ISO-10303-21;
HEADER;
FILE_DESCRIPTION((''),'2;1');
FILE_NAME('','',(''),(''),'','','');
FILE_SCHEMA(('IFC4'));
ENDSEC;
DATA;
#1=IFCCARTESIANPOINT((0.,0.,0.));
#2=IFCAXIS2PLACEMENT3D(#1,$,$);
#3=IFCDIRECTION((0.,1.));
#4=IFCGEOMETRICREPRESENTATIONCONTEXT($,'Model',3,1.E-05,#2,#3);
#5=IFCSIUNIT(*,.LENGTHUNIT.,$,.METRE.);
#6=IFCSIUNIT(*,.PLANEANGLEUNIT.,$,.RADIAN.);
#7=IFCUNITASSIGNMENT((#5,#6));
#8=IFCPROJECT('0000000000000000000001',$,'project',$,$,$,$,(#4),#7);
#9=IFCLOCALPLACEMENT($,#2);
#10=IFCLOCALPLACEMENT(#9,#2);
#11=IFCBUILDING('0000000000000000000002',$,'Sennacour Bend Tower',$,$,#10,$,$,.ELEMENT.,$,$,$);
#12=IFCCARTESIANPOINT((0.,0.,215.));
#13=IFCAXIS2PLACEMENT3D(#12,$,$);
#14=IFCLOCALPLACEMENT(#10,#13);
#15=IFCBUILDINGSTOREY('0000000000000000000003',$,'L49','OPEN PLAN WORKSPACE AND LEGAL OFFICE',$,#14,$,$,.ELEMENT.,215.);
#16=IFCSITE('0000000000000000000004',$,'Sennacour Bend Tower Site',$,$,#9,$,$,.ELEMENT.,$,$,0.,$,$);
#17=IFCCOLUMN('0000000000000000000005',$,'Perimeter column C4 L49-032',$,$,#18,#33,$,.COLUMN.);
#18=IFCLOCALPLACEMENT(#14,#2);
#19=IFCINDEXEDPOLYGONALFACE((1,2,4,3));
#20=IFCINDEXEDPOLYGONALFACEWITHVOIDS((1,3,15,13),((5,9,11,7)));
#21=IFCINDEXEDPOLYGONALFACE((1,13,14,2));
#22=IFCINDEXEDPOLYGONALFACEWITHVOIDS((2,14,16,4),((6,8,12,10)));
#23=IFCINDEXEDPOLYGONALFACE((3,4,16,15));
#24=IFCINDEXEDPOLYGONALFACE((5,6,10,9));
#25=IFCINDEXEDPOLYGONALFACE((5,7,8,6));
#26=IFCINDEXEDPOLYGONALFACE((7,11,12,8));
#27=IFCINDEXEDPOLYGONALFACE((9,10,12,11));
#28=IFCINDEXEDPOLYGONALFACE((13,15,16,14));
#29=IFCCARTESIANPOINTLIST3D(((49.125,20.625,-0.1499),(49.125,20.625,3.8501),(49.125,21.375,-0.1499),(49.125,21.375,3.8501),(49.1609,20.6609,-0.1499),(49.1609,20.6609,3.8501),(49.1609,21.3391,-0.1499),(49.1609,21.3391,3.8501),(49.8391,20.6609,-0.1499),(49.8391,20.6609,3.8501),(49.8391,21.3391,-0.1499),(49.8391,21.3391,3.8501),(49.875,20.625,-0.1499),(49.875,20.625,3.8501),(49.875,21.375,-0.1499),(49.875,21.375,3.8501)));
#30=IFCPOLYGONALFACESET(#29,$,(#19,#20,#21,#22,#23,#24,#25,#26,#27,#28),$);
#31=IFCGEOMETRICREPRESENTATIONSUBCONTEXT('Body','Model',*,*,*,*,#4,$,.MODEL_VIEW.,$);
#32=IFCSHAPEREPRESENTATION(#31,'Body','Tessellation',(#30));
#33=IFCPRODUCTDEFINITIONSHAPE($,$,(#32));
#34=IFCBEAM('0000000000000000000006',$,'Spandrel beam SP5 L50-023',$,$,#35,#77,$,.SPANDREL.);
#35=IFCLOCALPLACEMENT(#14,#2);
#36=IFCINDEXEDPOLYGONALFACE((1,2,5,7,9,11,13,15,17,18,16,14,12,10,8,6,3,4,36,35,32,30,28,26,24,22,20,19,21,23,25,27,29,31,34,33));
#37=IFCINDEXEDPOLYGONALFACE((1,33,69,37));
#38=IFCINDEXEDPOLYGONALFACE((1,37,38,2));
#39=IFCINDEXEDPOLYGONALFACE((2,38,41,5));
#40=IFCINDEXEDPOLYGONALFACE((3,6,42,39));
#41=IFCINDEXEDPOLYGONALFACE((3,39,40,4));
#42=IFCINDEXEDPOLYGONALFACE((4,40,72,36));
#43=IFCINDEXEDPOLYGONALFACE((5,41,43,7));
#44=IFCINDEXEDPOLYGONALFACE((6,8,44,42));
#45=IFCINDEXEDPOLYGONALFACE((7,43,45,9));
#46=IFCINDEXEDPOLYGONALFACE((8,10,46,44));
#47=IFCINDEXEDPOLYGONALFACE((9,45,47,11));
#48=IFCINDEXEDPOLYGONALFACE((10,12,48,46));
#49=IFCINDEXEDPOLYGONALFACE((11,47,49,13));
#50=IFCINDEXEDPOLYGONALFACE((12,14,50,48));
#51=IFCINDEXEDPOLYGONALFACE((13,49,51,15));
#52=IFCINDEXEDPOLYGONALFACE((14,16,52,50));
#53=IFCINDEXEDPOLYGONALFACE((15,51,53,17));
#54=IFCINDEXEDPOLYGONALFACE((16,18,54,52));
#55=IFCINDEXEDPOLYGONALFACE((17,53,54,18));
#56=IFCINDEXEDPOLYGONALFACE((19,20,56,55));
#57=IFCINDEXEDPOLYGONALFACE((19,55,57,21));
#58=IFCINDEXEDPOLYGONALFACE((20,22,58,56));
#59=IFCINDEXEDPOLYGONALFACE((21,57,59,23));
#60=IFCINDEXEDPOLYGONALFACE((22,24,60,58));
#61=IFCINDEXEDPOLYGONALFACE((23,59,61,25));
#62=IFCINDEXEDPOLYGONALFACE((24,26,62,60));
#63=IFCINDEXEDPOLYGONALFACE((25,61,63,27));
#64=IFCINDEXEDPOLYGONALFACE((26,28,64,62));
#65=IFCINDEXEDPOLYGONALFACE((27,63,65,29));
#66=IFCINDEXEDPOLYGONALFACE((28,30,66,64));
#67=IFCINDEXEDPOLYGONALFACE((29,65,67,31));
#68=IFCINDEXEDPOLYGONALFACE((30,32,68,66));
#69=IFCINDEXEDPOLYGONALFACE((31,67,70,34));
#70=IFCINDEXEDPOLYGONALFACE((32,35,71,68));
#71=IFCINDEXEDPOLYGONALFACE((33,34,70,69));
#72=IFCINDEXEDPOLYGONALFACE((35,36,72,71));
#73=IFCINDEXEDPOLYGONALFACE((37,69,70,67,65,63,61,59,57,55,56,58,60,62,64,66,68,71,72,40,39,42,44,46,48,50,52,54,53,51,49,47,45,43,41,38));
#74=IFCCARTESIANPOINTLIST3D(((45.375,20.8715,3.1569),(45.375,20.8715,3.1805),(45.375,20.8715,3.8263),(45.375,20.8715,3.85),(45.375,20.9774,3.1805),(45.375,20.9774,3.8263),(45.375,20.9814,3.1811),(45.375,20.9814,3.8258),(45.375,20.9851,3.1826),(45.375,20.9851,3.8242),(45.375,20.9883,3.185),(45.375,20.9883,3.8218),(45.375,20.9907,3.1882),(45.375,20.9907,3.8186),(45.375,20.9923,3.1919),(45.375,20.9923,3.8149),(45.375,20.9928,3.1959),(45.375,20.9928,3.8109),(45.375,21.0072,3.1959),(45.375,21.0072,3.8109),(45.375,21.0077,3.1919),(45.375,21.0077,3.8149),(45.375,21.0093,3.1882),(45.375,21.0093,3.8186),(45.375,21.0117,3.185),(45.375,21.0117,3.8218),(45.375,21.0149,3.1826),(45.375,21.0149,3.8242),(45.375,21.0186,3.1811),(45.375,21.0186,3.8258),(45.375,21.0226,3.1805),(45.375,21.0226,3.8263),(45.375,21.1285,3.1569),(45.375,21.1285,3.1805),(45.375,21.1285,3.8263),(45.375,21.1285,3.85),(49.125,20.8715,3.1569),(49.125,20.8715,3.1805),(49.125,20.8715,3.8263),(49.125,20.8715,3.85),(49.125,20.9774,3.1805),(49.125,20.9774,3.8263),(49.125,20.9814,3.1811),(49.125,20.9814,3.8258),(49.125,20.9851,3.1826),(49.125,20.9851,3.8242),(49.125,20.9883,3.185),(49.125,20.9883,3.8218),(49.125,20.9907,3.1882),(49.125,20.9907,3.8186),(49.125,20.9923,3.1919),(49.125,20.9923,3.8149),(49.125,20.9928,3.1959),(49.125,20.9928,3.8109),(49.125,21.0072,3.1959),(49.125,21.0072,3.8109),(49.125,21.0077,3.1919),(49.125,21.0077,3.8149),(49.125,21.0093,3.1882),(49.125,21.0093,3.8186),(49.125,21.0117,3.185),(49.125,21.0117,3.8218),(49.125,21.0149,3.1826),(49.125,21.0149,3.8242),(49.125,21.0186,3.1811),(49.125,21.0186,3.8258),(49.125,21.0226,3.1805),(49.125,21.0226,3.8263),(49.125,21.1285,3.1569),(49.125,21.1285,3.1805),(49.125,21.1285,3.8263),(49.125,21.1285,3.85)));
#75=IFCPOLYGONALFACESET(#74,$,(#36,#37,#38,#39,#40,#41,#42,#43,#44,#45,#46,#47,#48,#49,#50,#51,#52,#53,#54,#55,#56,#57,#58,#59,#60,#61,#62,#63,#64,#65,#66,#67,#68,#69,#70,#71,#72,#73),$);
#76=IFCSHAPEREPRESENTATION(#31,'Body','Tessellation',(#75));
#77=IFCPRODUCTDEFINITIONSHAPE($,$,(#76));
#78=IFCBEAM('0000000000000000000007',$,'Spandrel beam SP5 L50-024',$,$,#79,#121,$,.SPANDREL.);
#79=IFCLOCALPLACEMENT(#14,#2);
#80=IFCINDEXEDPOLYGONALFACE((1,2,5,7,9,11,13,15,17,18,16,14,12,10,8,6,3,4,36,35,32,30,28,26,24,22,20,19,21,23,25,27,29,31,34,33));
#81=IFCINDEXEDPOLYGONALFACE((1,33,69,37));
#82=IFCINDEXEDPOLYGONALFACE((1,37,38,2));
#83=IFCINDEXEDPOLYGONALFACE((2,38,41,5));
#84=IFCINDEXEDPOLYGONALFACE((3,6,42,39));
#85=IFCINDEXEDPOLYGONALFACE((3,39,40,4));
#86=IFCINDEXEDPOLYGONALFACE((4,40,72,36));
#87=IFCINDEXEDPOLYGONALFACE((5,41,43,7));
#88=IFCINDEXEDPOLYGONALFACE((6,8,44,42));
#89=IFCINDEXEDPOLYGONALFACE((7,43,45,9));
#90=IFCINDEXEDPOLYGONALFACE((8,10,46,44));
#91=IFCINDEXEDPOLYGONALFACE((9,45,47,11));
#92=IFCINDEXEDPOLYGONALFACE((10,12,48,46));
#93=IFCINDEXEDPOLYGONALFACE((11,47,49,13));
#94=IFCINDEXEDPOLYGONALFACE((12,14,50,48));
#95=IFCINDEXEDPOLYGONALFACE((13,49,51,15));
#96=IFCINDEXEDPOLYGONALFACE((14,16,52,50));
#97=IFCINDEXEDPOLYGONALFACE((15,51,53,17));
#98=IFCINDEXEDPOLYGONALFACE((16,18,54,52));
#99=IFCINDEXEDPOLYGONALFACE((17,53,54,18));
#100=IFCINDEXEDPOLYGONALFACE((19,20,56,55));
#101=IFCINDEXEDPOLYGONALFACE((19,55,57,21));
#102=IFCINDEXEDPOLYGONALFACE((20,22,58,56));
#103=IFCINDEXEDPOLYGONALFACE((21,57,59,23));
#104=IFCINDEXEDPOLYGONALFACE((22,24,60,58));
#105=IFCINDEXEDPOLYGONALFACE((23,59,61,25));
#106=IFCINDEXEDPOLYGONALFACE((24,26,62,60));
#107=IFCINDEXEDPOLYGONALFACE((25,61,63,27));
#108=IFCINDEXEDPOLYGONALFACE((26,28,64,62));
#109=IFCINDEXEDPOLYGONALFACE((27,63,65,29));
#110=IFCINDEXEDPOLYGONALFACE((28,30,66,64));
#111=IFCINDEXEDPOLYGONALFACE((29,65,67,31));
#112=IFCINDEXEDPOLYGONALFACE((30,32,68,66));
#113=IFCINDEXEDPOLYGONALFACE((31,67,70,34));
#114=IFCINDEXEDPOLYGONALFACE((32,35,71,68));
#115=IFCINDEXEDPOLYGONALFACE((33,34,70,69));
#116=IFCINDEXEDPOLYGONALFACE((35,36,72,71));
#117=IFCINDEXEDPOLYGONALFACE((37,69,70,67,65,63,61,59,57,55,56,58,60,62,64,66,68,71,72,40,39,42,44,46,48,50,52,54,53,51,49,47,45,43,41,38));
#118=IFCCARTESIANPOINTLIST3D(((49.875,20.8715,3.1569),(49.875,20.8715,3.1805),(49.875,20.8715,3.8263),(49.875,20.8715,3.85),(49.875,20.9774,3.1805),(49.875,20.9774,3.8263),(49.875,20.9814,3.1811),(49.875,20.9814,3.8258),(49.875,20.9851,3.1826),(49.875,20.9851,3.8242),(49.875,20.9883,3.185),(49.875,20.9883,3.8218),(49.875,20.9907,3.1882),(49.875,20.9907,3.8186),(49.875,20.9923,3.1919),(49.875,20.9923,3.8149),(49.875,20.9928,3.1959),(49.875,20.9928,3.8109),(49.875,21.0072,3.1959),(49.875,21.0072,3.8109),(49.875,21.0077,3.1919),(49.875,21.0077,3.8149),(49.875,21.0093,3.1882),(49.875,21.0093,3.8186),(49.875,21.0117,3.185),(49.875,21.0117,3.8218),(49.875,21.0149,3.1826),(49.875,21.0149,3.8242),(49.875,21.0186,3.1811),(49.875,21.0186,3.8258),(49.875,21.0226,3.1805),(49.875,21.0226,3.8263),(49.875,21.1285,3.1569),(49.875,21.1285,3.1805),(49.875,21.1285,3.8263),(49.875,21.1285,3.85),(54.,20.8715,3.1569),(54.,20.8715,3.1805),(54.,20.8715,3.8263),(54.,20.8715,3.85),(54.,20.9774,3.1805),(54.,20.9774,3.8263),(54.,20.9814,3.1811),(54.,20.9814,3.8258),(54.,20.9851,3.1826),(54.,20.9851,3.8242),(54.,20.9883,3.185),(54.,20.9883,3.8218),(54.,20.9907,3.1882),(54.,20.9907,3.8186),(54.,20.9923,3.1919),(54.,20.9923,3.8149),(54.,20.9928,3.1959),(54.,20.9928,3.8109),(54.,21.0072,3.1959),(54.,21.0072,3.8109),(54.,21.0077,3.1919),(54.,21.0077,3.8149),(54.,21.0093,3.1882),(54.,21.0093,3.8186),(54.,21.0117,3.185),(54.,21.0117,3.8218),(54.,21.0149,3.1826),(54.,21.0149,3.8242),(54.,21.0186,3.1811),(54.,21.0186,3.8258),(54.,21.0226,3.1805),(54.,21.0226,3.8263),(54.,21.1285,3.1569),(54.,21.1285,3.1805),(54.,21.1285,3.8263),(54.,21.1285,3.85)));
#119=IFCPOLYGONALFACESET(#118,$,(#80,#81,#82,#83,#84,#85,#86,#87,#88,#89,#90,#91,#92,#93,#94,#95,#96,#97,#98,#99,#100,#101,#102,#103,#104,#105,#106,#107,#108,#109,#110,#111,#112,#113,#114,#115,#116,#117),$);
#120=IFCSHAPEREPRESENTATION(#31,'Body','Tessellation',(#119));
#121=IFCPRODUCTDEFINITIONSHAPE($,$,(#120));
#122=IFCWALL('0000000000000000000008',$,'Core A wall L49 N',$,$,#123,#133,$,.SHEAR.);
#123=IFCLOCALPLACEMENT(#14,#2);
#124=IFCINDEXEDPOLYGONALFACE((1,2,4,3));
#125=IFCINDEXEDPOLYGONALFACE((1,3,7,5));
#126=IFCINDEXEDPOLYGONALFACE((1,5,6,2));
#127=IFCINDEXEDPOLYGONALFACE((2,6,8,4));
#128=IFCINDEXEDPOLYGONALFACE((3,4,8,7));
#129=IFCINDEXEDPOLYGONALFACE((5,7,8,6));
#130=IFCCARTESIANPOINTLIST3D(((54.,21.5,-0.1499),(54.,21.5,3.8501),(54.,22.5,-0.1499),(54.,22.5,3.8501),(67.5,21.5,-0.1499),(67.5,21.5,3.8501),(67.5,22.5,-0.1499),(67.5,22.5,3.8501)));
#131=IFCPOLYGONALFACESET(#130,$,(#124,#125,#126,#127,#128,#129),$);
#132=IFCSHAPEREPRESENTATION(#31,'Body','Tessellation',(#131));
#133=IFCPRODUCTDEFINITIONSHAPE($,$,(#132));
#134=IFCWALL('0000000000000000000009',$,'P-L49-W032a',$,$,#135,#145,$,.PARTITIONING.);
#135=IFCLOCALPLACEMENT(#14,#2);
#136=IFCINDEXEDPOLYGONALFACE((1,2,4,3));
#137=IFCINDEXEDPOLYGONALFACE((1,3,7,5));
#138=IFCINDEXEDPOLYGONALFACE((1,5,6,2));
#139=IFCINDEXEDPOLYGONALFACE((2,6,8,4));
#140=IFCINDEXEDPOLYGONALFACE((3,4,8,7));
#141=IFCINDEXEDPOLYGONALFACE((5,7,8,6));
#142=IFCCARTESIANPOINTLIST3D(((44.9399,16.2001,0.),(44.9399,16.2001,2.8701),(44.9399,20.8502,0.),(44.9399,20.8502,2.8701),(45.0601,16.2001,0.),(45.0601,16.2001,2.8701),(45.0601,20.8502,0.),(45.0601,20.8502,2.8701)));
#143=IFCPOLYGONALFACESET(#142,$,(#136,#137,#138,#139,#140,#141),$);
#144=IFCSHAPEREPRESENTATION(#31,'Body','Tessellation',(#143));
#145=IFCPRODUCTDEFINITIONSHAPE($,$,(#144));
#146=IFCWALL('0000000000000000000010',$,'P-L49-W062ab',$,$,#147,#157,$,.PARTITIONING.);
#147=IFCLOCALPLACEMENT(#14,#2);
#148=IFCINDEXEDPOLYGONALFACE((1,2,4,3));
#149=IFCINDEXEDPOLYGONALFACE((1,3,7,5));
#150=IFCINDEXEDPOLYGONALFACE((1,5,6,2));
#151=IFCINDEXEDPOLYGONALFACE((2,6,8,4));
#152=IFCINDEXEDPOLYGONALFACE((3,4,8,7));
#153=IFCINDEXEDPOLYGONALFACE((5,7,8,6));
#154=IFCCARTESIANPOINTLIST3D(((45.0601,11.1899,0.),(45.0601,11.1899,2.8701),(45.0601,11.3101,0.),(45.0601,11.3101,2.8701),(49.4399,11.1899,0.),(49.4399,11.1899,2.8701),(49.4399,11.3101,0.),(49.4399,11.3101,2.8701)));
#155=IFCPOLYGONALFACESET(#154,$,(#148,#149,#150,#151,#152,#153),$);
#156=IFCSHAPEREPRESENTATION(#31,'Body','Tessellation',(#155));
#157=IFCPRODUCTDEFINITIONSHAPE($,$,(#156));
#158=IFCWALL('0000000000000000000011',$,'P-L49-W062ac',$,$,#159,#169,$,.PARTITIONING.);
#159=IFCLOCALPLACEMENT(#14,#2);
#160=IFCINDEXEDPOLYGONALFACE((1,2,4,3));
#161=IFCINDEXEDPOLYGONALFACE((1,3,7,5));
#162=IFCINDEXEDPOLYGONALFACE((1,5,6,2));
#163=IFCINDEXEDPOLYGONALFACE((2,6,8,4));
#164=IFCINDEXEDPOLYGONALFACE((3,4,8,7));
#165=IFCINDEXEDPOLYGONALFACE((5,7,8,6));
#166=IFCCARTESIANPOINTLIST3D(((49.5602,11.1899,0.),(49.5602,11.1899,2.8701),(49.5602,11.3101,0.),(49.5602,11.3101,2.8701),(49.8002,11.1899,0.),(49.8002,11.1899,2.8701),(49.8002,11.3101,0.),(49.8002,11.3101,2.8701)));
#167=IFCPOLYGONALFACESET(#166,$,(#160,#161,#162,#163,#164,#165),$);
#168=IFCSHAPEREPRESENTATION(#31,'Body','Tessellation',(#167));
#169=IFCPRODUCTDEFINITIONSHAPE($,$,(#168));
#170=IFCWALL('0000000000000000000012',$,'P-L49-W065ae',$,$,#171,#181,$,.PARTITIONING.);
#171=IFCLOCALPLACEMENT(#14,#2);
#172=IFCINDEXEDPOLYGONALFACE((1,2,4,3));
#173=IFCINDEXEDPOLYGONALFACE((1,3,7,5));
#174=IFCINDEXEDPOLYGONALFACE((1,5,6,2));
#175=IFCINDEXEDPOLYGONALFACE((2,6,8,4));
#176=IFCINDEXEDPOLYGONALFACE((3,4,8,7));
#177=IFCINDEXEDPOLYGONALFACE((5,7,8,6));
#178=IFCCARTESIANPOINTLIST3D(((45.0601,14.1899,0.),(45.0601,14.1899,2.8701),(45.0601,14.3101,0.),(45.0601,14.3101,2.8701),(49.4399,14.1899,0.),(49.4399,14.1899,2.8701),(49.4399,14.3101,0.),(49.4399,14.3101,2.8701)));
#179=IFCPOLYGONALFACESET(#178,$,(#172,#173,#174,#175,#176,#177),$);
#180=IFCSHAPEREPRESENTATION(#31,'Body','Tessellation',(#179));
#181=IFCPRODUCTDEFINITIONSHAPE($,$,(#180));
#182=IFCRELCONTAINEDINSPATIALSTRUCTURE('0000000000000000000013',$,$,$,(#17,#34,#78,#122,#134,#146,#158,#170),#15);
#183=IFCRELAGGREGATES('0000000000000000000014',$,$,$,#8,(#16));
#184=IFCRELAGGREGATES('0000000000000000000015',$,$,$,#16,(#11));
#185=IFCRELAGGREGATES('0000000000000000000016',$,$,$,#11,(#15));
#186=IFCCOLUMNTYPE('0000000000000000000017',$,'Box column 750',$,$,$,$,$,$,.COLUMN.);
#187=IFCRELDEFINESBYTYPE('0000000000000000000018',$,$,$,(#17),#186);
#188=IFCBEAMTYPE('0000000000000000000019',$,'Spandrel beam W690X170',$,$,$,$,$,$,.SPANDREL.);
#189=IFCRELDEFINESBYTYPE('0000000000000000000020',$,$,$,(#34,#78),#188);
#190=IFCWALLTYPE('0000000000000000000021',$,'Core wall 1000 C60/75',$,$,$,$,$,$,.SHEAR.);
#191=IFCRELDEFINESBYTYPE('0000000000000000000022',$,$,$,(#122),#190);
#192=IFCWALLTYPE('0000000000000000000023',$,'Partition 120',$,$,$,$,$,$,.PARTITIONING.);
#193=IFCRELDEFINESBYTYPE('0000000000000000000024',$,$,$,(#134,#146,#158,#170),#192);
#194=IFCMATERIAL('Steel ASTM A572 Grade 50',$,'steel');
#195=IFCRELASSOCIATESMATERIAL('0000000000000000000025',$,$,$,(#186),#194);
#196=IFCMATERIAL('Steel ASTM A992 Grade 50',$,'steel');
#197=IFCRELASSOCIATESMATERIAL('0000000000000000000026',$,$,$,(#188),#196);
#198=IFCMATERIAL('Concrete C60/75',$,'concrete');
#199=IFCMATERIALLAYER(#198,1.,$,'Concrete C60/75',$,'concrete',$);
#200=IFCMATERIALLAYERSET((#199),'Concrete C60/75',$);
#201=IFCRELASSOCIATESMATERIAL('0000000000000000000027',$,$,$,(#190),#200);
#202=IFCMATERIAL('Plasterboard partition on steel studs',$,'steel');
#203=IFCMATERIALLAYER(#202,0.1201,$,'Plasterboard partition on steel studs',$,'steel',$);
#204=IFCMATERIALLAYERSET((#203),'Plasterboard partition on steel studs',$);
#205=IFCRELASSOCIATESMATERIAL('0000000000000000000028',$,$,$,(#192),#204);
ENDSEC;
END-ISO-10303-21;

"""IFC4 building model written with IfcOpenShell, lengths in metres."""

from ifc_helpers import new_model, si_unit, direction, frame, frame_2d, origin, origin_2d, place, context, subcontext, project, spatial, rectangle, hollow_rectangle, i_section, extrude, material, layer, layer_set, material_profile, profile_set, type_object, element, save


model = new_model("IFC4")

# Units and contexts
model_context = context("Model", 3, precision=1e-05, world=origin(), true_north=direction((0.0, 1.0)))
body_context = subcontext(model_context, "Body", "Model", "MODEL_VIEW")
ifc_project = project(units=[si_unit("LENGTHUNIT", "METRE"), si_unit("PLANEANGLEUNIT", "RADIAN")], contexts=[model_context])

# Site, building, storey
site_placement = place(None, origin())
site = spatial("IfcSite", under=ifc_project, at=site_placement, Name="Sennacour Bend Tower Site", CompositionType="ELEMENT", RefElevation=0.0)
building_placement = place(site_placement, origin())
building = spatial("IfcBuilding", under=site, at=building_placement, Name="Sennacour Bend Tower", CompositionType="ELEMENT")
storey_placement = place(building_placement, frame((0.0, 0.0, 215.0)))
storey = spatial("IfcBuildingStorey", under=building, at=storey_placement, Name="L49", Description="OPEN PLAN WORKSPACE AND LEGAL OFFICE", CompositionType="ELEMENT", Elevation=215.0)

# Column
ifc_material_1 = material(Name="Steel ASTM A572 Grade 50", Category="steel")
ifc_material_profile_1 = material_profile(ifc_material_1, hollow_rectangle(XDim=0.75, YDim=0.75, WallThickness=0.0359, at=origin_2d()), Name="Steel ASTM A572 Grade 50", Category="steel")
ifc_profile_set_1 = profile_set([ifc_material_profile_1], Name="Steel ASTM A572 Grade 50")
column_type = type_object("IfcColumnType", Name="Box column 750", PredefinedType="COLUMN", material=ifc_profile_set_1)
column_placement = place(storey_placement, frame((49.5, 21.0, -0.1499), z_axis=(0.0, 0.0, 1.0), x_axis=(1.0, 0.0, 0.0)))
element("IfcColumn", 1, at=column_placement, inside=storey, type_object=column_type, Name="Perimeter column C4 L49-032", PredefinedType="COLUMN", context=body_context, shape_type="SweptSolid", body=[
    extrude(hollow_rectangle(XDim=0.75, YDim=0.75, WallThickness=0.0359, at=origin_2d()), origin(), (0.0, 0.0, 1.0), 4.0),
])

# Beams
ifc_material_2 = material(Name="Steel ASTM A992 Grade 50", Category="steel")
ifc_material_profile_2 = material_profile(ifc_material_2, i_section(OverallWidth=0.2571, OverallDepth=0.6931, WebThickness=0.0144, FlangeThickness=0.0237, FilletRadius=0.0154, at=origin_2d()), Name="Steel ASTM A992 Grade 50", Category="steel")
ifc_profile_set_2 = profile_set([ifc_material_profile_2], Name="Steel ASTM A992 Grade 50")
beam_type = type_object("IfcBeamType", Name="Spandrel beam W690X170", PredefinedType="SPANDREL", material=ifc_profile_set_2)
beam_1_placement = place(storey_placement, frame((45.375, 21.0, 3.5034), z_axis=(1.0, 0.0, 0.0), x_axis=(0.0, 1.0, 0.0)))
element("IfcBeam", 2, at=beam_1_placement, inside=storey, type_object=beam_type, Name="Spandrel beam SP5 L50-023", PredefinedType="SPANDREL", context=body_context, shape_type="SweptSolid", body=[
    extrude(i_section(OverallWidth=0.2571, OverallDepth=0.6931, WebThickness=0.0144, FlangeThickness=0.0237, FilletRadius=0.0154, at=origin_2d()), origin(), (0.0, 0.0, 1.0), 3.75),
])
beam_2_placement = place(storey_placement, frame((49.875, 21.0, 3.5034), z_axis=(1.0, 0.0, 0.0), x_axis=(0.0, 1.0, 0.0)))
element("IfcBeam", 3, at=beam_2_placement, inside=storey, type_object=beam_type, Name="Spandrel beam SP5 L50-024", PredefinedType="SPANDREL", context=body_context, shape_type="SweptSolid", body=[
    extrude(i_section(OverallWidth=0.2571, OverallDepth=0.6931, WebThickness=0.0144, FlangeThickness=0.0237, FilletRadius=0.0154, at=origin_2d()), origin(), (0.0, 0.0, 1.0), 4.125),
])

# Walls
ifc_material_3 = material(Name="Concrete C60/75", Category="concrete")
ifc_layer_1 = layer(ifc_material_3, 1.0, Name="Concrete C60/75", Category="concrete")
ifc_layer_set_1 = layer_set([ifc_layer_1], Name="Concrete C60/75")
wall_type_1 = type_object("IfcWallType", Name="Core wall 1000 C60/75", PredefinedType="SHEAR", material=ifc_layer_set_1)
wall_1_placement = place(storey_placement, frame((54.0, 22.0, -0.1499), z_axis=(0.0, 0.0, 1.0), x_axis=(1.0, 0.0, 0.0)))
element("IfcWall", 4, at=wall_1_placement, inside=storey, type_object=wall_type_1, Name="Core A wall L49 N", PredefinedType="SHEAR", context=body_context, shape_type="SweptSolid", body=[
    extrude(rectangle(XDim=13.5, YDim=1.0, at=frame_2d((6.75, 0.0))), origin(), (0.0, 0.0, 1.0), 4.0),
])
ifc_material_4 = material(Name="Plasterboard partition on steel studs", Category="steel")
ifc_layer_2 = layer(ifc_material_4, 0.1201, Name="Plasterboard partition on steel studs", Category="steel")
ifc_layer_set_2 = layer_set([ifc_layer_2], Name="Plasterboard partition on steel studs")
wall_type_2 = type_object("IfcWallType", Name="Partition 120", PredefinedType="PARTITIONING", material=ifc_layer_set_2)
wall_2_placement = place(storey_placement, frame((45.0, 16.2, 0.0), z_axis=(0.0, 0.0, 1.0), x_axis=(0.0, 1.0, 0.0)))
element("IfcWall", 5, at=wall_2_placement, inside=storey, type_object=wall_type_2, Name="P-L49-W032a", PredefinedType="PARTITIONING", context=body_context, shape_type="SweptSolid", body=[
    extrude(rectangle(XDim=4.6501, YDim=0.1201, at=frame_2d((2.3252, 0.0))), origin(), (0.0, 0.0, 1.0), 2.8701),
])
wall_3_placement = place(storey_placement, frame((45.0601, 11.25, 0.0), z_axis=(0.0, 0.0, 1.0), x_axis=(1.0, 0.0, 0.0)))
element("IfcWall", 6, at=wall_3_placement, inside=storey, type_object=wall_type_2, Name="P-L49-W062ab", PredefinedType="PARTITIONING", context=body_context, shape_type="SweptSolid", body=[
    extrude(rectangle(XDim=4.3799, YDim=0.1201, at=frame_2d((2.1899, 0.0))), origin(), (0.0, 0.0, 1.0), 2.8701),
])
wall_4_placement = place(storey_placement, frame((49.5601, 11.25, 0.0), z_axis=(0.0, 0.0, 1.0), x_axis=(1.0, 0.0, 0.0)))
element("IfcWall", 7, at=wall_4_placement, inside=storey, type_object=wall_type_2, Name="P-L49-W062ac", PredefinedType="PARTITIONING", context=body_context, shape_type="SweptSolid", body=[
    extrude(rectangle(XDim=0.24, YDim=0.1201, at=frame_2d((0.1201, 0.0))), origin(), (0.0, 0.0, 1.0), 2.8701),
])
wall_5_placement = place(storey_placement, frame((45.0601, 14.25, 0.0), z_axis=(0.0, 0.0, 1.0), x_axis=(1.0, 0.0, 0.0)))
element("IfcWall", 8, at=wall_5_placement, inside=storey, type_object=wall_type_2, Name="P-L49-W065ae", PredefinedType="PARTITIONING", context=body_context, shape_type="SweptSolid", body=[
    extrude(rectangle(XDim=4.3799, YDim=0.1201, at=frame_2d((2.1899, 0.0))), origin(), (0.0, 0.0, 1.0), 2.8701),
])

save(model, "model.ifc")
